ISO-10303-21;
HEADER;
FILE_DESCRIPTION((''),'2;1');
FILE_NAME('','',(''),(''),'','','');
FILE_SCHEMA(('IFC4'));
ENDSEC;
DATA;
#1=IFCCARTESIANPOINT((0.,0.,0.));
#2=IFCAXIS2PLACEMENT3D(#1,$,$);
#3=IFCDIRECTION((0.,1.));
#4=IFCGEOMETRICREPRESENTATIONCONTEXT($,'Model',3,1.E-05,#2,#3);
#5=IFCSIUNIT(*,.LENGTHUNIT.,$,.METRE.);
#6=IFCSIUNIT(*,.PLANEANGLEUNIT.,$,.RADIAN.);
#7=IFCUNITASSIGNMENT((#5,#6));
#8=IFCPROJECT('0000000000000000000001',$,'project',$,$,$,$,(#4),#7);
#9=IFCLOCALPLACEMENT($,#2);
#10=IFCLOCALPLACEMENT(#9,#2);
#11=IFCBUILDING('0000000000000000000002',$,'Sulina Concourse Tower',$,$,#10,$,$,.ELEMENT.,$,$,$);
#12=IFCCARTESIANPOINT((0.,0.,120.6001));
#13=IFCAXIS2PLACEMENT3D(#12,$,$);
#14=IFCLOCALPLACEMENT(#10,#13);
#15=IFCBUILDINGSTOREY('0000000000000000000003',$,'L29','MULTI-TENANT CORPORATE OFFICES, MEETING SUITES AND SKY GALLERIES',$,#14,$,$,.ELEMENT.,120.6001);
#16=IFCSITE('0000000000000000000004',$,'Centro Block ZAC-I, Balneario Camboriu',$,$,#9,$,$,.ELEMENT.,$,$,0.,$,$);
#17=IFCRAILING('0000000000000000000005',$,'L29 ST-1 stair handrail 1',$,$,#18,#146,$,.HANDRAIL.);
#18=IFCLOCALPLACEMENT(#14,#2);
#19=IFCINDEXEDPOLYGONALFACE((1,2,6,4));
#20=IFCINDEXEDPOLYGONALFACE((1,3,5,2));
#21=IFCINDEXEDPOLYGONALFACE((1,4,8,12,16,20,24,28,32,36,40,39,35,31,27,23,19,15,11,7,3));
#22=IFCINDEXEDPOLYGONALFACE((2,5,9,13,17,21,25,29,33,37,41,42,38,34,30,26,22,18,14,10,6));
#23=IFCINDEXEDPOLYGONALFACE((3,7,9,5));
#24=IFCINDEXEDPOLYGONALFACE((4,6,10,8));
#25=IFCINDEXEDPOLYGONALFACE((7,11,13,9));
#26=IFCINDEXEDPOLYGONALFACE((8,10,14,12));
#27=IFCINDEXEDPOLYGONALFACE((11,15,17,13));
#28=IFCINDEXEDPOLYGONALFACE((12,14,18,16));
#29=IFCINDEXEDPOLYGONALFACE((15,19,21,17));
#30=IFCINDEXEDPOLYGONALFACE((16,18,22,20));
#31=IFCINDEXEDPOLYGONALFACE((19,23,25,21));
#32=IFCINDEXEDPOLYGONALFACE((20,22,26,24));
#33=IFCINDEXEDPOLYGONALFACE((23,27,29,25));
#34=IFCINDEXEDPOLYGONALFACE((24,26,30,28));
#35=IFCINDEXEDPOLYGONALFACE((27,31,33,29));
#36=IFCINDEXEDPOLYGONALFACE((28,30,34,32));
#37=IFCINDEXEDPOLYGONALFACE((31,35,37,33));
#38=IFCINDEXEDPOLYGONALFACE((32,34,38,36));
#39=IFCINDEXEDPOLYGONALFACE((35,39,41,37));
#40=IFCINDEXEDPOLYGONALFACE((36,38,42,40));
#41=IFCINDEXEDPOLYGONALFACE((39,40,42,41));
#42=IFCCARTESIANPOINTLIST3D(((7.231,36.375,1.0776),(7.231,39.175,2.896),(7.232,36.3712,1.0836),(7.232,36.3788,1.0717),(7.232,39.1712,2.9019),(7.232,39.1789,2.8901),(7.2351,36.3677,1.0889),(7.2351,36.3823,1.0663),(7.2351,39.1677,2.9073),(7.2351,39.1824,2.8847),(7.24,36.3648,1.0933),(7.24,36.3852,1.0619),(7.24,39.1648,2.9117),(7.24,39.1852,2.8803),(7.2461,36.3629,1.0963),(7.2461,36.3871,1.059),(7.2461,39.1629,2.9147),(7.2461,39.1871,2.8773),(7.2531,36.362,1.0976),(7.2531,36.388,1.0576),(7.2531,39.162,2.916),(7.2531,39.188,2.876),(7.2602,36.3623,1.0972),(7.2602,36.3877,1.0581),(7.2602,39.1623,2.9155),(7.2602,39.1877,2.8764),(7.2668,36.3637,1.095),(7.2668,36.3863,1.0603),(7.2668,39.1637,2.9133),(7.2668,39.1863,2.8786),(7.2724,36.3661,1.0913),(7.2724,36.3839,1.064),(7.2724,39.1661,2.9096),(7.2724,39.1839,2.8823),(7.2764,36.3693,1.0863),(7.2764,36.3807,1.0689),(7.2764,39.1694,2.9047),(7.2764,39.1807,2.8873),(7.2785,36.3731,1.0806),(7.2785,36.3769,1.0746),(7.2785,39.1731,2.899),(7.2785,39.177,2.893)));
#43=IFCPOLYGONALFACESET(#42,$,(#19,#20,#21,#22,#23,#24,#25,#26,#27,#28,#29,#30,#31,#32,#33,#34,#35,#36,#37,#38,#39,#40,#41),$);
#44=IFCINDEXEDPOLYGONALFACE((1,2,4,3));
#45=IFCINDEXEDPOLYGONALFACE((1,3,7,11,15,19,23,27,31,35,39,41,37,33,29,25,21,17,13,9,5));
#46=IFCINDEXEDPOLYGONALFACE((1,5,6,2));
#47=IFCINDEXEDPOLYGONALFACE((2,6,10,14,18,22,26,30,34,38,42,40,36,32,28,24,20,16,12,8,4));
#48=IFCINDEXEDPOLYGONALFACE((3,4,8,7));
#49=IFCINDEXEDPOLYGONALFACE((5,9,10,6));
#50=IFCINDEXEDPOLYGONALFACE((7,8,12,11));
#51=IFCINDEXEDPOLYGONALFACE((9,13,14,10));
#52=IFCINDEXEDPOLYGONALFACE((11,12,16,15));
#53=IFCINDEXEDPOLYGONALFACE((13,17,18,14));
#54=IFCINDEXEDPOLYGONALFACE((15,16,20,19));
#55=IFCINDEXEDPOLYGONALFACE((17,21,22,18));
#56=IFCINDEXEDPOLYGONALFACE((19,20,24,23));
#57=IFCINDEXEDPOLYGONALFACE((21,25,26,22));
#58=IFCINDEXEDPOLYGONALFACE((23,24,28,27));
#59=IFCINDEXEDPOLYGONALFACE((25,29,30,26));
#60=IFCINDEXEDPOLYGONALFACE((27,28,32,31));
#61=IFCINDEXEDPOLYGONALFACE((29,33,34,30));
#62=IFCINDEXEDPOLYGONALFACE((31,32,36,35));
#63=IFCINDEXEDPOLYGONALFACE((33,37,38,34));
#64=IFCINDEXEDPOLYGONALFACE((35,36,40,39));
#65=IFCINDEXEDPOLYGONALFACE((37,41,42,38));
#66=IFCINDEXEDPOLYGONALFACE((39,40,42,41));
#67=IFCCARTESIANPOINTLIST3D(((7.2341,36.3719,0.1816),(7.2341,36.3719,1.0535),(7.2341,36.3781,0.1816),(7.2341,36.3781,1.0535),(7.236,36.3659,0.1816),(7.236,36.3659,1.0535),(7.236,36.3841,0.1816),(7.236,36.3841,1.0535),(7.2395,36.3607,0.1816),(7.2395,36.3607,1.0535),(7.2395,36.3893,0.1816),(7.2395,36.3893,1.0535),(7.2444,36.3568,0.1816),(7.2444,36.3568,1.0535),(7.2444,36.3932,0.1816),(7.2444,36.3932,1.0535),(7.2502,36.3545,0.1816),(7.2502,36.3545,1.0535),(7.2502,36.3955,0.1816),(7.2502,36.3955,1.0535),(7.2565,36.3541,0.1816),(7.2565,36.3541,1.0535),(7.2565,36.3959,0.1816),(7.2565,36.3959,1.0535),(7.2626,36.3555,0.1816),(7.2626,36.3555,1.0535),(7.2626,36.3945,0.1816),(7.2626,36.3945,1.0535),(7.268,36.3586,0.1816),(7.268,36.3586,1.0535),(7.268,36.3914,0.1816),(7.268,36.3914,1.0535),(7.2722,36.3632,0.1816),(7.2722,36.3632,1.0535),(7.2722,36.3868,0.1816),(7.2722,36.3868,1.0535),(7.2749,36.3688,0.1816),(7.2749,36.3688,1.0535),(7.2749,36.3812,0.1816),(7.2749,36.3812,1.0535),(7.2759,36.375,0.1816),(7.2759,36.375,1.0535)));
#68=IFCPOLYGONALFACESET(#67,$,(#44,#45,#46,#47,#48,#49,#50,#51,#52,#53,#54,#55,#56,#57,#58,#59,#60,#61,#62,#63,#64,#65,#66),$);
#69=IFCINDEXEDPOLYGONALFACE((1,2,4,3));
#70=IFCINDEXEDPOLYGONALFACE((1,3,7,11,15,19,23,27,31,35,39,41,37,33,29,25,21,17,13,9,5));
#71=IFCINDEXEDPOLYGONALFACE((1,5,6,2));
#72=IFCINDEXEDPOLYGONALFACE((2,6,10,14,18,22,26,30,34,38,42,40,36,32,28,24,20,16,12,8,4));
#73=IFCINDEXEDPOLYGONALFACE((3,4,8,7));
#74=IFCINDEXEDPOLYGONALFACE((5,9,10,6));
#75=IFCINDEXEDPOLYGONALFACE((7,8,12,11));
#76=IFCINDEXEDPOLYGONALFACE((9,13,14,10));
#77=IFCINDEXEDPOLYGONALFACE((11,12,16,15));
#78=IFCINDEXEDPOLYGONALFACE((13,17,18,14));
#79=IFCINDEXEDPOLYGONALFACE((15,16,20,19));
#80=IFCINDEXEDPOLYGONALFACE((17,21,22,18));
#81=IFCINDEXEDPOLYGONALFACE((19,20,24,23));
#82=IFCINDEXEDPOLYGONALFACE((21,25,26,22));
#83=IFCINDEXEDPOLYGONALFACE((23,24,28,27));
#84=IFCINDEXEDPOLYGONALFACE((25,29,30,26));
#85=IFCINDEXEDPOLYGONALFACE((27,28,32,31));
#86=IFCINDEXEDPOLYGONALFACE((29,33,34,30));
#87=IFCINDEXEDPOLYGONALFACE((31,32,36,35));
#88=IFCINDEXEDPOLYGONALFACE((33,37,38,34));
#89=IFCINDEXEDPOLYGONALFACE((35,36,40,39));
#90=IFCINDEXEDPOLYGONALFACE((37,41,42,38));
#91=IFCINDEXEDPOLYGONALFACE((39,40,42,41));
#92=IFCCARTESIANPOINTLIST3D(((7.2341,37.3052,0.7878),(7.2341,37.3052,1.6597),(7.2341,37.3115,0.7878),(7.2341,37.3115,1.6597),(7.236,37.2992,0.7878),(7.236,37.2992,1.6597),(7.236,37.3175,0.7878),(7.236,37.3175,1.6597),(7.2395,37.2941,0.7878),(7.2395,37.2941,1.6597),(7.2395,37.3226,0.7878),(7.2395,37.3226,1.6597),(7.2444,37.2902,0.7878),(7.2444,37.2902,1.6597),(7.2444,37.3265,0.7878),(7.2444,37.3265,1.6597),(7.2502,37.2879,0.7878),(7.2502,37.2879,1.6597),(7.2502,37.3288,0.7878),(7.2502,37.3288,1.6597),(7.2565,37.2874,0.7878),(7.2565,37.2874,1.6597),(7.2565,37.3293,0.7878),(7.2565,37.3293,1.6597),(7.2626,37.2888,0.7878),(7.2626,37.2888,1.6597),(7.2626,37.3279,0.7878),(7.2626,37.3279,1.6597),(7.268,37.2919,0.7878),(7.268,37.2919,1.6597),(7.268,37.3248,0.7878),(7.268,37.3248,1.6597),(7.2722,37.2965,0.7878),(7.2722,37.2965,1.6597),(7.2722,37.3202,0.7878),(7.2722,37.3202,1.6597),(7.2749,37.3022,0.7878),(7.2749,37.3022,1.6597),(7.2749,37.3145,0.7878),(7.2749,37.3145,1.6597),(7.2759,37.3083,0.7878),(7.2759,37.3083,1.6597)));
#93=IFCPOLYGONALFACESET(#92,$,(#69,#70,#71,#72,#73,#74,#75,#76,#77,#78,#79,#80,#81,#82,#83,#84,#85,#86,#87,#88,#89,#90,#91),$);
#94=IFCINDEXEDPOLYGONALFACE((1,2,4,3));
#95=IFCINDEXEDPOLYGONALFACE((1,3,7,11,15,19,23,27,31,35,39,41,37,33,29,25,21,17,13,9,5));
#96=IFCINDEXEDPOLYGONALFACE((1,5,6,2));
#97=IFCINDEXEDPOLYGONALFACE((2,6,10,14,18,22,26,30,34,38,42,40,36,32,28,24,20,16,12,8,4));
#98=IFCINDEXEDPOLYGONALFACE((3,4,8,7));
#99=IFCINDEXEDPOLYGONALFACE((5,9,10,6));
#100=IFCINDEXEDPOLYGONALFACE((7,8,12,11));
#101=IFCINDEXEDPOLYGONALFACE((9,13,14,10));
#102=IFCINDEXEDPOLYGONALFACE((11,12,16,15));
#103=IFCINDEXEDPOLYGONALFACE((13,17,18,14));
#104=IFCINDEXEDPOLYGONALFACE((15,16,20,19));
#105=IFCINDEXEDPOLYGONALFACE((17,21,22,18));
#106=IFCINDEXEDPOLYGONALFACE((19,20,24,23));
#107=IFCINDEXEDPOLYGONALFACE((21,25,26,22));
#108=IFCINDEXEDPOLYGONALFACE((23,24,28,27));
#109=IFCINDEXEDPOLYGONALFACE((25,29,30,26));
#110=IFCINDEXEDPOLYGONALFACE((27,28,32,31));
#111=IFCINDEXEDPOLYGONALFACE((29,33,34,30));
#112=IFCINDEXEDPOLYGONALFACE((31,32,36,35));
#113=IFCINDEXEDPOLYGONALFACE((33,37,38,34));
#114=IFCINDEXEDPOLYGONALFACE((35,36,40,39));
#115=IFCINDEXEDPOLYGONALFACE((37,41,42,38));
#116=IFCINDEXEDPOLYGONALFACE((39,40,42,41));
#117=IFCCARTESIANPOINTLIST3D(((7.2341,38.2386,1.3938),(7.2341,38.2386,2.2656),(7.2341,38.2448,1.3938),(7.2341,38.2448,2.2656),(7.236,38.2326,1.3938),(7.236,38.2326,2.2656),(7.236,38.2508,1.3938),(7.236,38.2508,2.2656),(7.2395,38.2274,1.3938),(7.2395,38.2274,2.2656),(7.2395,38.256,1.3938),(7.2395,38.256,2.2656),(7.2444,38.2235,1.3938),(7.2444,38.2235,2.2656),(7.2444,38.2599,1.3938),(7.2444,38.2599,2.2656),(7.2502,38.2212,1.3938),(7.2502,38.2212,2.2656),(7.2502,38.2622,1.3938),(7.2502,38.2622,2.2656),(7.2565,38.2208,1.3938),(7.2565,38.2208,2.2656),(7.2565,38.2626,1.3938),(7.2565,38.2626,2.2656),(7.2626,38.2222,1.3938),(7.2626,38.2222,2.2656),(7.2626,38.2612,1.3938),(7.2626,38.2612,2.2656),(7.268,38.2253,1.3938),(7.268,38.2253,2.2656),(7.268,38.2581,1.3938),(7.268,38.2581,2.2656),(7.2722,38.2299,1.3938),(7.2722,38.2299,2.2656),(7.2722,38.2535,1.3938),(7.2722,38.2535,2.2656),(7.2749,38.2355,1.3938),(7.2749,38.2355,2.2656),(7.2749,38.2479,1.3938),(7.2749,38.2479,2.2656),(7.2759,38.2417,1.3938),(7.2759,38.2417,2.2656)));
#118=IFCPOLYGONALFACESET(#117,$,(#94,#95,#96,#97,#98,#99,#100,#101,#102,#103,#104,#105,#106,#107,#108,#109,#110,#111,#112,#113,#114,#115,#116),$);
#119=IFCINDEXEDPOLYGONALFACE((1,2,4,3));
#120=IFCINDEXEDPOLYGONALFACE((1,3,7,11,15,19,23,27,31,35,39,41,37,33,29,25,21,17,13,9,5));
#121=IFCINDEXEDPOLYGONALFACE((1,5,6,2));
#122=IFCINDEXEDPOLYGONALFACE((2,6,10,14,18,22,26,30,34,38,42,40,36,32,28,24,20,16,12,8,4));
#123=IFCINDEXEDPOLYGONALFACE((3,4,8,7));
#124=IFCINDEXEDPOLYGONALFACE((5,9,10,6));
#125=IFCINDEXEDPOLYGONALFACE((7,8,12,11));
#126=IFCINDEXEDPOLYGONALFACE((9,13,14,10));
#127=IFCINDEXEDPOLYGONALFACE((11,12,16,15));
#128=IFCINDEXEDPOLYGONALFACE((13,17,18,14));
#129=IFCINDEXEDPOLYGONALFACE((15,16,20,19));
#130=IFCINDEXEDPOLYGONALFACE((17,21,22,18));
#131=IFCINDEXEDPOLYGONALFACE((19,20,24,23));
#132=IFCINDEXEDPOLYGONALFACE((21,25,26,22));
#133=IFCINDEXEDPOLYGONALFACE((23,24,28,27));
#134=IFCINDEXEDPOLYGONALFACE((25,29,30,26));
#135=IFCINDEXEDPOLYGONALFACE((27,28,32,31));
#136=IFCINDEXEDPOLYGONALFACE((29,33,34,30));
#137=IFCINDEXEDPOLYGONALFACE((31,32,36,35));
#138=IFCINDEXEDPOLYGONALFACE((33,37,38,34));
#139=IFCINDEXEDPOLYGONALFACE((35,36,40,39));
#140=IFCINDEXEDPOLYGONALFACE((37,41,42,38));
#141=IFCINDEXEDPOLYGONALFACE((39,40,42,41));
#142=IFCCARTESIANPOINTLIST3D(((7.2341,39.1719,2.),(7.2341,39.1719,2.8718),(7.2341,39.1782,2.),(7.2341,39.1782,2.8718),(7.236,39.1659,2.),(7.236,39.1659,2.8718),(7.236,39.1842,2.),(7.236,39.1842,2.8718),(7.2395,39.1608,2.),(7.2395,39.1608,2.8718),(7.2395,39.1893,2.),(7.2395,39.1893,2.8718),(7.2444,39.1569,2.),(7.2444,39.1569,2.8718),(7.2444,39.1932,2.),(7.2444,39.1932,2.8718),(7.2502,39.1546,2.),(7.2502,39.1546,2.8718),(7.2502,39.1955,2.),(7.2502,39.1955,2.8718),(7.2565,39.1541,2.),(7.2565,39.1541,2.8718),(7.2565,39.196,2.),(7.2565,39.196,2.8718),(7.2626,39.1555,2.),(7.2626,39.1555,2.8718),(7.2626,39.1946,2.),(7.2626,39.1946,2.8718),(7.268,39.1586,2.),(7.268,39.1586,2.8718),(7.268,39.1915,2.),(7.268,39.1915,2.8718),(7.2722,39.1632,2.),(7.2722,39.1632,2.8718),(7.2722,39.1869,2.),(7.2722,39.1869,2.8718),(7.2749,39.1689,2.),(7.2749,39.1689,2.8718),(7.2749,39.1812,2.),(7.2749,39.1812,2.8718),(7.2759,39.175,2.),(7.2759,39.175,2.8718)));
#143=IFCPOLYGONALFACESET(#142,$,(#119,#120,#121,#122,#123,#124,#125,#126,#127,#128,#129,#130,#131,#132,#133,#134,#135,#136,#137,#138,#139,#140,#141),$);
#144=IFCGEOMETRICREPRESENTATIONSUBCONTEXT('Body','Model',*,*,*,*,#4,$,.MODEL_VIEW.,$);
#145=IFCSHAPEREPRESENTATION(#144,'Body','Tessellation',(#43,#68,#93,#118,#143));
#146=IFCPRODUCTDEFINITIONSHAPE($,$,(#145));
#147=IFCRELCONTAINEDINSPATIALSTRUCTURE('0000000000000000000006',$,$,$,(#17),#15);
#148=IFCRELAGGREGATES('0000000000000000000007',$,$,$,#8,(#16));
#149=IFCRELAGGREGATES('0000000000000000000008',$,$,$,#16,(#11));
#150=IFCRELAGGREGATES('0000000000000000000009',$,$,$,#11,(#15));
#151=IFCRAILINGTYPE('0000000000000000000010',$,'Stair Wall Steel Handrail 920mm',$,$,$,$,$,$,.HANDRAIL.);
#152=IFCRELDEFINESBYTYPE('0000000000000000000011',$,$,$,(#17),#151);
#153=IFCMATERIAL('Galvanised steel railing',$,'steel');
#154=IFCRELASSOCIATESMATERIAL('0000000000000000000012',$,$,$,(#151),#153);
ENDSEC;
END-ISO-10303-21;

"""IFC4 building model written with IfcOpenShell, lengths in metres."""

from ifc_helpers import new_model, si_unit, direction, frame, origin, origin_2d, place, context, subcontext, project, spatial, circle, extrude, material, type_object, element, save


model = new_model("IFC4")

# Units and contexts
model_context = context("Model", 3, precision=1e-05, world=origin(), true_north=direction((0.0, 1.0)))
body_context = subcontext(model_context, "Body", "Model", "MODEL_VIEW")
ifc_project = project(units=[si_unit("LENGTHUNIT", "METRE"), si_unit("PLANEANGLEUNIT", "RADIAN")], contexts=[model_context])

# Site, building, storey
site_placement = place(None, origin())
site = spatial("IfcSite", under=ifc_project, at=site_placement, Name="Centro Block ZAC-I, Balneario Camboriu", CompositionType="ELEMENT", RefElevation=0.0)
building_placement = place(site_placement, origin())
building = spatial("IfcBuilding", under=site, at=building_placement, Name="Sulina Concourse Tower", CompositionType="ELEMENT")
storey_placement = place(building_placement, frame((0.0, 0.0, 120.6001)))
storey = spatial("IfcBuildingStorey", under=building, at=storey_placement, Name="L29", Description="MULTI-TENANT CORPORATE OFFICES, MEETING SUITES AND SKY GALLERIES", CompositionType="ELEMENT", Elevation=120.6001)

# Railing
ifc_material_1 = material(Name="Galvanised steel railing", Category="steel")
railing_type_1 = type_object("IfcRailingType", Name="Stair Wall Steel Handrail 920mm", PredefinedType="HANDRAIL", material=ifc_material_1)
railing_1_placement = place(storey_placement, frame((7.2549, 36.375, 0.1816)))
element("IfcRailing", 1, at=railing_1_placement, inside=storey, type_object=railing_type_1, Name="L29 ST-1 stair handrail 1", PredefinedType="HANDRAIL", context=body_context, shape_type="SweptSolid", body=[
    extrude(circle(Radius=0.0239, at=origin_2d()), frame((0.0, 0.0, 0.896), z_axis=(0.0, 0.838672, 0.544636), x_axis=(-1.0, 0.0, 0.0)), (0.0, 0.0, 1.0), 3.3386),
    extrude(circle(Radius=0.021, at=origin_2d()), origin(), (0.0, 0.0, 1.0), 0.8718),
    extrude(circle(Radius=0.021, at=origin_2d()), frame((0.0, 0.9333, 0.6062)), (0.0, 0.0, 1.0), 0.8718),
    extrude(circle(Radius=0.021, at=origin_2d()), frame((0.0, 1.8667, 1.2122)), (0.0, 0.0, 1.0), 0.8718),
    extrude(circle(Radius=0.021, at=origin_2d()), frame((0.0, 2.8, 1.8184)), (0.0, 0.0, 1.0), 0.8718),
])

save(model, "model.ifc")
